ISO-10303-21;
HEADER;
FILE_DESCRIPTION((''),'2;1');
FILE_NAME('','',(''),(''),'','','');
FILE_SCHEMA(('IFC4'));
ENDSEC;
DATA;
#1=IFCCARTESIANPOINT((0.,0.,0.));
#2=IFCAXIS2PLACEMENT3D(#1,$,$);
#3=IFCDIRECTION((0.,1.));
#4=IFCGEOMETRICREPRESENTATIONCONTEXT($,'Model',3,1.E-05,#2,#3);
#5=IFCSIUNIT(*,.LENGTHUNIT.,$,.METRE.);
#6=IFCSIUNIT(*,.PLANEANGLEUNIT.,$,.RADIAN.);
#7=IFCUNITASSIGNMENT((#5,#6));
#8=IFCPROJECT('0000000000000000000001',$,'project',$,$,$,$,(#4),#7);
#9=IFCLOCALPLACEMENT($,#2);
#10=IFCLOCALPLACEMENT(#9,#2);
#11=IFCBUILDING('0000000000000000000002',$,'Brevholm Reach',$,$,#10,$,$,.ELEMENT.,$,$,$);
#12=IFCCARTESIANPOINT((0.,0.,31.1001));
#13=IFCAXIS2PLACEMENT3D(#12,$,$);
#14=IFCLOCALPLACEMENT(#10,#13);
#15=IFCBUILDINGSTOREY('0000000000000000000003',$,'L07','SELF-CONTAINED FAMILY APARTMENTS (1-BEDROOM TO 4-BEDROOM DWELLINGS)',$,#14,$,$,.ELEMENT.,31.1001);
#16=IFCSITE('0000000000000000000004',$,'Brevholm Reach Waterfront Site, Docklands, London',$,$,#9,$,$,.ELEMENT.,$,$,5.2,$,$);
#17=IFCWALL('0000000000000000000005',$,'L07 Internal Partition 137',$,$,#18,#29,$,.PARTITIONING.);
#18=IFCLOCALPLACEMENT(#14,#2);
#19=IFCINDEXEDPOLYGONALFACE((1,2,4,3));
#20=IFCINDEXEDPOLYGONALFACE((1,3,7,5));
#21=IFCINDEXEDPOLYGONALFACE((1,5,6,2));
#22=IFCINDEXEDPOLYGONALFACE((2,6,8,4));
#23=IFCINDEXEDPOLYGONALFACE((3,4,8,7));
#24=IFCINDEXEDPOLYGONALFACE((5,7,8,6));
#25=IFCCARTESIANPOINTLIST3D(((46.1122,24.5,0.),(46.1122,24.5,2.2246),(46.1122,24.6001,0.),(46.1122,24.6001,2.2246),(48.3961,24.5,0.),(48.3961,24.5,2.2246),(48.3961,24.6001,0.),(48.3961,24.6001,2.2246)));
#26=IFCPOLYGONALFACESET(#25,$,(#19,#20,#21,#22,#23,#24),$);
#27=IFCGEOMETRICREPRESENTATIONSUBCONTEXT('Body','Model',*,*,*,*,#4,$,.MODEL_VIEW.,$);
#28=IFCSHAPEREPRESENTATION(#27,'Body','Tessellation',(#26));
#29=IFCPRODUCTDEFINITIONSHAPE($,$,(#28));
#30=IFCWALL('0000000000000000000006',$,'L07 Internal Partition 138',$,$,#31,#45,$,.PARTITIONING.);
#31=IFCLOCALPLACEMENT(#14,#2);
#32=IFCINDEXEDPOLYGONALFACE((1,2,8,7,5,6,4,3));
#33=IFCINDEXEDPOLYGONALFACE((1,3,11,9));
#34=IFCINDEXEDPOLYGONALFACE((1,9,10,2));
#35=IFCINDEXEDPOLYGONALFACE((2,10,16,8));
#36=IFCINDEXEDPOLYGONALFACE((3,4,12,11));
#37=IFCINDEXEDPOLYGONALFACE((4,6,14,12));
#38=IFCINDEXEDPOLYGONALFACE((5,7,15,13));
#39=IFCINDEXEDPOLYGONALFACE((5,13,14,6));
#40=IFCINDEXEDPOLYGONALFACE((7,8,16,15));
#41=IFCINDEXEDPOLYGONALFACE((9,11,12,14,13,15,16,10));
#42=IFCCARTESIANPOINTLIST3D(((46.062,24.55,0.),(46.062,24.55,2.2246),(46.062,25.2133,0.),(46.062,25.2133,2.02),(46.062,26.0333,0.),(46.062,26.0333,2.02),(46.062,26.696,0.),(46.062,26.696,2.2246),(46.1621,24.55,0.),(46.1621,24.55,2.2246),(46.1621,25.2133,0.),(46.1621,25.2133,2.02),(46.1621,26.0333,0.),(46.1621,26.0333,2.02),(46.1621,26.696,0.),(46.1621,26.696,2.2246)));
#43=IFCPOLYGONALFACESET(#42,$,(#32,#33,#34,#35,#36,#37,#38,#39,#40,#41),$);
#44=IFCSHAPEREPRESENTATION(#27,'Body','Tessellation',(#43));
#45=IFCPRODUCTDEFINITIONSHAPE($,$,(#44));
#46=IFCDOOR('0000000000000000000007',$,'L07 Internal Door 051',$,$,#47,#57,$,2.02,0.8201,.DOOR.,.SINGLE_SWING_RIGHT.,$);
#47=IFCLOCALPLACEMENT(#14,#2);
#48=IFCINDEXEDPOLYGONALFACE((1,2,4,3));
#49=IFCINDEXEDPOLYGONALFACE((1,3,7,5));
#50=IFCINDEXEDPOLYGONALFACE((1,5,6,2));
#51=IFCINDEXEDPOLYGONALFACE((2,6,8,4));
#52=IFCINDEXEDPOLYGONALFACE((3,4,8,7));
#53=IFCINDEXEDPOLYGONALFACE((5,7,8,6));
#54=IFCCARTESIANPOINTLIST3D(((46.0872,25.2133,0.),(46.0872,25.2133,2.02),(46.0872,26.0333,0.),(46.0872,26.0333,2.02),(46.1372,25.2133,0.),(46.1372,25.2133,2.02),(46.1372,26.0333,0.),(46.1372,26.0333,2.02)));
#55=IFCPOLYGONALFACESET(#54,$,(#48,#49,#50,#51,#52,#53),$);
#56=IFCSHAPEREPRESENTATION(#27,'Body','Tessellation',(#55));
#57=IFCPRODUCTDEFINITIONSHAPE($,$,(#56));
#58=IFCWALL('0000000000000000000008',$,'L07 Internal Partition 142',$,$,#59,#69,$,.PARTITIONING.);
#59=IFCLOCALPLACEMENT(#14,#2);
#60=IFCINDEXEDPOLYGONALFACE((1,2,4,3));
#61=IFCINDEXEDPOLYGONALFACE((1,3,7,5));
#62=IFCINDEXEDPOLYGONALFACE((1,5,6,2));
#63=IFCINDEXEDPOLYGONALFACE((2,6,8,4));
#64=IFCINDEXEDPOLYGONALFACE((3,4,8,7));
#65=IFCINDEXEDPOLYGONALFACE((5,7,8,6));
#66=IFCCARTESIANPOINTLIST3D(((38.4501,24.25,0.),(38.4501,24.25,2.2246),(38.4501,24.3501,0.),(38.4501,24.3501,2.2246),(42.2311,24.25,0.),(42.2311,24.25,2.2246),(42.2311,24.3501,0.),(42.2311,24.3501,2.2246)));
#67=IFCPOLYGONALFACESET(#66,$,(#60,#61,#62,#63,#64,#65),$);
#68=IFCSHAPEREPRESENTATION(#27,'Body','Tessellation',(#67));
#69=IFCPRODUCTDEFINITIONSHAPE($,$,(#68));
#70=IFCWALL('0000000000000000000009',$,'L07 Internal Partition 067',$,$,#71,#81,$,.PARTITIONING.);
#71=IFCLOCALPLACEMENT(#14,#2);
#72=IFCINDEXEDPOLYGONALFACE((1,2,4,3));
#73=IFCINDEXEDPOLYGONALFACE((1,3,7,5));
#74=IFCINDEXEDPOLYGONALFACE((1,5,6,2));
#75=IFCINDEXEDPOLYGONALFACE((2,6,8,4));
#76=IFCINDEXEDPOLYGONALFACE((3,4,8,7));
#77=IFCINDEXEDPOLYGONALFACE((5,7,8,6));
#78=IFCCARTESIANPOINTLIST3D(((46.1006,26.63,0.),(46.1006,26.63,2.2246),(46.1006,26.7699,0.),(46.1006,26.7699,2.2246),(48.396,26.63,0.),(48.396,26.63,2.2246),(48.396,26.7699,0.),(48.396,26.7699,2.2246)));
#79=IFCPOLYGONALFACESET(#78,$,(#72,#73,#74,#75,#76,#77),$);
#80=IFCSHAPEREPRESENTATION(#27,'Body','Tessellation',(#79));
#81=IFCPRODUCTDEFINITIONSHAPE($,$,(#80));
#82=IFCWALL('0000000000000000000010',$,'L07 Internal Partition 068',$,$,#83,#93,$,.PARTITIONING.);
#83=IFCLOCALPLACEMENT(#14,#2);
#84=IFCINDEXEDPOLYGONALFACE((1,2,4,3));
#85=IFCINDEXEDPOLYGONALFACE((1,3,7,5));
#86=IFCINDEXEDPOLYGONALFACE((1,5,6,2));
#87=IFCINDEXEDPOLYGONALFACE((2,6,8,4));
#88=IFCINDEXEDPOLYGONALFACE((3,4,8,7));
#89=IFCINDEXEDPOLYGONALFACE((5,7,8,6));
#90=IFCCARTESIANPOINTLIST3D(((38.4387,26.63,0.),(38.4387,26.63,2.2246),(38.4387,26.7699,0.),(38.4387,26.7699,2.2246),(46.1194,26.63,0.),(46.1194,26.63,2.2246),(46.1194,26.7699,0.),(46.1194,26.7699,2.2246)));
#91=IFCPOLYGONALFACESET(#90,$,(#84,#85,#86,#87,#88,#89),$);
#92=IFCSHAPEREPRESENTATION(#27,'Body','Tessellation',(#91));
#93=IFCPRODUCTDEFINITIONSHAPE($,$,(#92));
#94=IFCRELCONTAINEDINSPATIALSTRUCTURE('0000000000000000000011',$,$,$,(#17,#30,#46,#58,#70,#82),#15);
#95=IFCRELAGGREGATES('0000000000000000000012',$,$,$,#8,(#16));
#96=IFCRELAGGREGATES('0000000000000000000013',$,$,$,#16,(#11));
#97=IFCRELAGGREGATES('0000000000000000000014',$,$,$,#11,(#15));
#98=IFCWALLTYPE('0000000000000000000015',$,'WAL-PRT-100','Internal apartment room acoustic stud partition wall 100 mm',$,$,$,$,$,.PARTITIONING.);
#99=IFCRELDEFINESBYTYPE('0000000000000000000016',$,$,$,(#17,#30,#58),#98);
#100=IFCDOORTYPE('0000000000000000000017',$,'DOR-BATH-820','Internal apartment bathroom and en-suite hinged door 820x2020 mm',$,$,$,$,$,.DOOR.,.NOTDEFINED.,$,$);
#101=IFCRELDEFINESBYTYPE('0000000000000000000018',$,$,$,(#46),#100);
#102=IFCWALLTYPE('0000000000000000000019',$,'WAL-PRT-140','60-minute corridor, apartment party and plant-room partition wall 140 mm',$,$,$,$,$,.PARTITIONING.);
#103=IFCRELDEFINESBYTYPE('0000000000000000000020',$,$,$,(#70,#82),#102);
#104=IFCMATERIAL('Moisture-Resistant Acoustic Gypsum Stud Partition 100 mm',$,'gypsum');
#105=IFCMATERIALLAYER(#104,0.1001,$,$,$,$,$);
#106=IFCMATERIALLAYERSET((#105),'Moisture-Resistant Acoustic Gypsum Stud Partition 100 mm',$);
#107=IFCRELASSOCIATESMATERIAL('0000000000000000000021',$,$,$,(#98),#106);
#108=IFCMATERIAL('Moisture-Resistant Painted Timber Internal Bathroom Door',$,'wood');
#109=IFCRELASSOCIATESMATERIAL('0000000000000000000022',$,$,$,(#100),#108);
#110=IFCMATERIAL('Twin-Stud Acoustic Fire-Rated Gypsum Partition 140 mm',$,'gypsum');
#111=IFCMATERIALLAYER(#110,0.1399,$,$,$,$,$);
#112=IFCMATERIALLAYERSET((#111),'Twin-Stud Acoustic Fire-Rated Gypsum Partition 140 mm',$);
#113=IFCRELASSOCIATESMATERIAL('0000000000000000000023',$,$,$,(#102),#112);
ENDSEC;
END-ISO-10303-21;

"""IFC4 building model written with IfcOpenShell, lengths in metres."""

from ifc_helpers import new_model, si_unit, direction, frame, frame_2d, origin, place, context, subcontext, project, spatial, rectangle, extrude, material, layer, layer_set, type_object, element, fill, save


model = new_model("IFC4")

# Units and contexts
model_context = context("Model", 3, precision=1e-05, world=origin(), true_north=direction((0.0, 1.0)))
body_context = subcontext(model_context, "Body", "Model", "MODEL_VIEW")
ifc_project = project(units=[si_unit("LENGTHUNIT", "METRE"), si_unit("PLANEANGLEUNIT", "RADIAN")], contexts=[model_context])

# Site, building, storey
site_placement = place(None, origin())
site = spatial("IfcSite", under=ifc_project, at=site_placement, Name="Brevholm Reach Waterfront Site, Docklands, London", CompositionType="ELEMENT", RefElevation=5.2)
building_placement = place(site_placement, origin())
building = spatial("IfcBuilding", under=site, at=building_placement, Name="Brevholm Reach", CompositionType="ELEMENT")
storey_placement = place(building_placement, frame((0.0, 0.0, 31.1001)))
storey = spatial("IfcBuildingStorey", under=building, at=storey_placement, Name="L07", Description="SELF-CONTAINED FAMILY APARTMENTS (1-BEDROOM TO 4-BEDROOM DWELLINGS)", CompositionType="ELEMENT", Elevation=31.1001)

# Wall
ifc_material_1 = material(Name="Moisture-Resistant Acoustic Gypsum Stud Partition 100 mm", Category="gypsum")
ifc_layer_1 = layer(ifc_material_1, 0.1001)
ifc_layer_set_1 = layer_set([ifc_layer_1], Name="Moisture-Resistant Acoustic Gypsum Stud Partition 100 mm")
wall_type_1 = type_object("IfcWallType", Name="WAL-PRT-100", Description="Internal apartment room acoustic stud partition wall 100 mm", PredefinedType="PARTITIONING", material=ifc_layer_set_1)
wall_1_placement = place(storey_placement, frame((46.1121, 24.55, 0.0), z_axis=(0.0, 0.0, 1.0), x_axis=(1.0, 0.0, 0.0)))
element("IfcWall", 1, at=wall_1_placement, inside=storey, type_object=wall_type_1, Name="L07 Internal Partition 137", PredefinedType="PARTITIONING", context=body_context, shape_type="SweptSolid", body=[
    extrude(rectangle(XDim=2.2839, YDim=0.1001, at=frame_2d((1.1421, 0.0))), origin(), (0.0, 0.0, 1.0), 2.2246),
])

# Wall, opening, door
wall_2_placement = place(storey_placement, frame((46.1121, 24.55, 0.0), z_axis=(0.0, 0.0, 1.0), x_axis=(0.0, 1.0, 0.0)))
wall_2 = element("IfcWall", 2, at=wall_2_placement, inside=storey, type_object=wall_type_1, Name="L07 Internal Partition 138", PredefinedType="PARTITIONING", context=body_context, shape_type="SweptSolid", body=[
    extrude(rectangle(XDim=2.146, YDim=0.1001, at=frame_2d((1.073, 0.0))), origin(), (0.0, 0.0, 1.0), 2.2246),
])
opening_placement = place(wall_2_placement, frame((0.6631, 0.0, 0.0)))
opening = element("IfcOpeningElement", 3, at=opening_placement, cuts=wall_2, PredefinedType="OPENING", context=body_context, shape_type="SweptSolid", body=[
    extrude(rectangle(XDim=0.8201, YDim=2.02, at=frame_2d((0.4102, 1.01))), frame((0.0, 0.0601, 0.0), z_axis=(0.0, -1.0, 0.0), x_axis=(1.0, 0.0, 0.0)), (0.0, 0.0, 1.0), 0.1201),
])
ifc_material_2 = material(Name="Moisture-Resistant Painted Timber Internal Bathroom Door", Category="wood")
door_type = type_object("IfcDoorType", Name="DOR-BATH-820", Description="Internal apartment bathroom and en-suite hinged door 820x2020 mm", OperationType="NOTDEFINED", PredefinedType="DOOR", material=ifc_material_2)
door_placement = place(opening_placement, origin())
door = element("IfcDoor", 4, at=door_placement, inside=storey, type_object=door_type, Name="L07 Internal Door 051", OperationType="SINGLE_SWING_RIGHT", OverallHeight=2.02, OverallWidth=0.8201, PredefinedType="DOOR", context=body_context, shape_type="SweptSolid", body=[
    extrude(rectangle(XDim=0.8201, YDim=2.02, at=frame_2d((0.4102, 1.01))), frame((0.0, 0.0249, 0.0), z_axis=(0.0, -1.0, 0.0), x_axis=(1.0, 0.0, 0.0)), (0.0, 0.0, 1.0), 0.05),
])
fill(opening, door)

# Walls
wall_3_placement = place(storey_placement, frame((38.45, 24.3, 0.0), z_axis=(0.0, 0.0, 1.0), x_axis=(1.0, 0.0, 0.0)))
element("IfcWall", 5, at=wall_3_placement, inside=storey, type_object=wall_type_1, Name="L07 Internal Partition 142", PredefinedType="PARTITIONING", context=body_context, shape_type="SweptSolid", body=[
    extrude(rectangle(XDim=3.781, YDim=0.1001, at=frame_2d((1.8906, 0.0))), origin(), (0.0, 0.0, 1.0), 2.2246),
])
ifc_material_3 = material(Name="Twin-Stud Acoustic Fire-Rated Gypsum Partition 140 mm", Category="gypsum")
ifc_layer_2 = layer(ifc_material_3, 0.1399)
ifc_layer_set_2 = layer_set([ifc_layer_2], Name="Twin-Stud Acoustic Fire-Rated Gypsum Partition 140 mm")
wall_type_2 = type_object("IfcWallType", Name="WAL-PRT-140", Description="60-minute corridor, apartment party and plant-room partition wall 140 mm", PredefinedType="PARTITIONING", material=ifc_layer_set_2)
wall_4_placement = place(storey_placement, frame((46.1006, 26.7, 0.0), z_axis=(0.0, 0.0, 1.0), x_axis=(1.0, 0.0, 0.0)))
element("IfcWall", 6, at=wall_4_placement, inside=storey, type_object=wall_type_2, Name="L07 Internal Partition 067", PredefinedType="PARTITIONING", context=body_context, shape_type="SweptSolid", body=[
    extrude(rectangle(XDim=2.2954, YDim=0.1399, at=frame_2d((1.1477, 0.0))), origin(), (0.0, 0.0, 1.0), 2.2246),
])
wall_5_placement = place(storey_placement, frame((38.4387, 26.7, 0.0), z_axis=(0.0, 0.0, 1.0), x_axis=(1.0, 0.0, 0.0)))
element("IfcWall", 7, at=wall_5_placement, inside=storey, type_object=wall_type_2, Name="L07 Internal Partition 068", PredefinedType="PARTITIONING", context=body_context, shape_type="SweptSolid", body=[
    extrude(rectangle(XDim=7.6807, YDim=0.1399, at=frame_2d((3.8403, 0.0))), origin(), (0.0, 0.0, 1.0), 2.2246),
])

save(model, "model.ifc")
